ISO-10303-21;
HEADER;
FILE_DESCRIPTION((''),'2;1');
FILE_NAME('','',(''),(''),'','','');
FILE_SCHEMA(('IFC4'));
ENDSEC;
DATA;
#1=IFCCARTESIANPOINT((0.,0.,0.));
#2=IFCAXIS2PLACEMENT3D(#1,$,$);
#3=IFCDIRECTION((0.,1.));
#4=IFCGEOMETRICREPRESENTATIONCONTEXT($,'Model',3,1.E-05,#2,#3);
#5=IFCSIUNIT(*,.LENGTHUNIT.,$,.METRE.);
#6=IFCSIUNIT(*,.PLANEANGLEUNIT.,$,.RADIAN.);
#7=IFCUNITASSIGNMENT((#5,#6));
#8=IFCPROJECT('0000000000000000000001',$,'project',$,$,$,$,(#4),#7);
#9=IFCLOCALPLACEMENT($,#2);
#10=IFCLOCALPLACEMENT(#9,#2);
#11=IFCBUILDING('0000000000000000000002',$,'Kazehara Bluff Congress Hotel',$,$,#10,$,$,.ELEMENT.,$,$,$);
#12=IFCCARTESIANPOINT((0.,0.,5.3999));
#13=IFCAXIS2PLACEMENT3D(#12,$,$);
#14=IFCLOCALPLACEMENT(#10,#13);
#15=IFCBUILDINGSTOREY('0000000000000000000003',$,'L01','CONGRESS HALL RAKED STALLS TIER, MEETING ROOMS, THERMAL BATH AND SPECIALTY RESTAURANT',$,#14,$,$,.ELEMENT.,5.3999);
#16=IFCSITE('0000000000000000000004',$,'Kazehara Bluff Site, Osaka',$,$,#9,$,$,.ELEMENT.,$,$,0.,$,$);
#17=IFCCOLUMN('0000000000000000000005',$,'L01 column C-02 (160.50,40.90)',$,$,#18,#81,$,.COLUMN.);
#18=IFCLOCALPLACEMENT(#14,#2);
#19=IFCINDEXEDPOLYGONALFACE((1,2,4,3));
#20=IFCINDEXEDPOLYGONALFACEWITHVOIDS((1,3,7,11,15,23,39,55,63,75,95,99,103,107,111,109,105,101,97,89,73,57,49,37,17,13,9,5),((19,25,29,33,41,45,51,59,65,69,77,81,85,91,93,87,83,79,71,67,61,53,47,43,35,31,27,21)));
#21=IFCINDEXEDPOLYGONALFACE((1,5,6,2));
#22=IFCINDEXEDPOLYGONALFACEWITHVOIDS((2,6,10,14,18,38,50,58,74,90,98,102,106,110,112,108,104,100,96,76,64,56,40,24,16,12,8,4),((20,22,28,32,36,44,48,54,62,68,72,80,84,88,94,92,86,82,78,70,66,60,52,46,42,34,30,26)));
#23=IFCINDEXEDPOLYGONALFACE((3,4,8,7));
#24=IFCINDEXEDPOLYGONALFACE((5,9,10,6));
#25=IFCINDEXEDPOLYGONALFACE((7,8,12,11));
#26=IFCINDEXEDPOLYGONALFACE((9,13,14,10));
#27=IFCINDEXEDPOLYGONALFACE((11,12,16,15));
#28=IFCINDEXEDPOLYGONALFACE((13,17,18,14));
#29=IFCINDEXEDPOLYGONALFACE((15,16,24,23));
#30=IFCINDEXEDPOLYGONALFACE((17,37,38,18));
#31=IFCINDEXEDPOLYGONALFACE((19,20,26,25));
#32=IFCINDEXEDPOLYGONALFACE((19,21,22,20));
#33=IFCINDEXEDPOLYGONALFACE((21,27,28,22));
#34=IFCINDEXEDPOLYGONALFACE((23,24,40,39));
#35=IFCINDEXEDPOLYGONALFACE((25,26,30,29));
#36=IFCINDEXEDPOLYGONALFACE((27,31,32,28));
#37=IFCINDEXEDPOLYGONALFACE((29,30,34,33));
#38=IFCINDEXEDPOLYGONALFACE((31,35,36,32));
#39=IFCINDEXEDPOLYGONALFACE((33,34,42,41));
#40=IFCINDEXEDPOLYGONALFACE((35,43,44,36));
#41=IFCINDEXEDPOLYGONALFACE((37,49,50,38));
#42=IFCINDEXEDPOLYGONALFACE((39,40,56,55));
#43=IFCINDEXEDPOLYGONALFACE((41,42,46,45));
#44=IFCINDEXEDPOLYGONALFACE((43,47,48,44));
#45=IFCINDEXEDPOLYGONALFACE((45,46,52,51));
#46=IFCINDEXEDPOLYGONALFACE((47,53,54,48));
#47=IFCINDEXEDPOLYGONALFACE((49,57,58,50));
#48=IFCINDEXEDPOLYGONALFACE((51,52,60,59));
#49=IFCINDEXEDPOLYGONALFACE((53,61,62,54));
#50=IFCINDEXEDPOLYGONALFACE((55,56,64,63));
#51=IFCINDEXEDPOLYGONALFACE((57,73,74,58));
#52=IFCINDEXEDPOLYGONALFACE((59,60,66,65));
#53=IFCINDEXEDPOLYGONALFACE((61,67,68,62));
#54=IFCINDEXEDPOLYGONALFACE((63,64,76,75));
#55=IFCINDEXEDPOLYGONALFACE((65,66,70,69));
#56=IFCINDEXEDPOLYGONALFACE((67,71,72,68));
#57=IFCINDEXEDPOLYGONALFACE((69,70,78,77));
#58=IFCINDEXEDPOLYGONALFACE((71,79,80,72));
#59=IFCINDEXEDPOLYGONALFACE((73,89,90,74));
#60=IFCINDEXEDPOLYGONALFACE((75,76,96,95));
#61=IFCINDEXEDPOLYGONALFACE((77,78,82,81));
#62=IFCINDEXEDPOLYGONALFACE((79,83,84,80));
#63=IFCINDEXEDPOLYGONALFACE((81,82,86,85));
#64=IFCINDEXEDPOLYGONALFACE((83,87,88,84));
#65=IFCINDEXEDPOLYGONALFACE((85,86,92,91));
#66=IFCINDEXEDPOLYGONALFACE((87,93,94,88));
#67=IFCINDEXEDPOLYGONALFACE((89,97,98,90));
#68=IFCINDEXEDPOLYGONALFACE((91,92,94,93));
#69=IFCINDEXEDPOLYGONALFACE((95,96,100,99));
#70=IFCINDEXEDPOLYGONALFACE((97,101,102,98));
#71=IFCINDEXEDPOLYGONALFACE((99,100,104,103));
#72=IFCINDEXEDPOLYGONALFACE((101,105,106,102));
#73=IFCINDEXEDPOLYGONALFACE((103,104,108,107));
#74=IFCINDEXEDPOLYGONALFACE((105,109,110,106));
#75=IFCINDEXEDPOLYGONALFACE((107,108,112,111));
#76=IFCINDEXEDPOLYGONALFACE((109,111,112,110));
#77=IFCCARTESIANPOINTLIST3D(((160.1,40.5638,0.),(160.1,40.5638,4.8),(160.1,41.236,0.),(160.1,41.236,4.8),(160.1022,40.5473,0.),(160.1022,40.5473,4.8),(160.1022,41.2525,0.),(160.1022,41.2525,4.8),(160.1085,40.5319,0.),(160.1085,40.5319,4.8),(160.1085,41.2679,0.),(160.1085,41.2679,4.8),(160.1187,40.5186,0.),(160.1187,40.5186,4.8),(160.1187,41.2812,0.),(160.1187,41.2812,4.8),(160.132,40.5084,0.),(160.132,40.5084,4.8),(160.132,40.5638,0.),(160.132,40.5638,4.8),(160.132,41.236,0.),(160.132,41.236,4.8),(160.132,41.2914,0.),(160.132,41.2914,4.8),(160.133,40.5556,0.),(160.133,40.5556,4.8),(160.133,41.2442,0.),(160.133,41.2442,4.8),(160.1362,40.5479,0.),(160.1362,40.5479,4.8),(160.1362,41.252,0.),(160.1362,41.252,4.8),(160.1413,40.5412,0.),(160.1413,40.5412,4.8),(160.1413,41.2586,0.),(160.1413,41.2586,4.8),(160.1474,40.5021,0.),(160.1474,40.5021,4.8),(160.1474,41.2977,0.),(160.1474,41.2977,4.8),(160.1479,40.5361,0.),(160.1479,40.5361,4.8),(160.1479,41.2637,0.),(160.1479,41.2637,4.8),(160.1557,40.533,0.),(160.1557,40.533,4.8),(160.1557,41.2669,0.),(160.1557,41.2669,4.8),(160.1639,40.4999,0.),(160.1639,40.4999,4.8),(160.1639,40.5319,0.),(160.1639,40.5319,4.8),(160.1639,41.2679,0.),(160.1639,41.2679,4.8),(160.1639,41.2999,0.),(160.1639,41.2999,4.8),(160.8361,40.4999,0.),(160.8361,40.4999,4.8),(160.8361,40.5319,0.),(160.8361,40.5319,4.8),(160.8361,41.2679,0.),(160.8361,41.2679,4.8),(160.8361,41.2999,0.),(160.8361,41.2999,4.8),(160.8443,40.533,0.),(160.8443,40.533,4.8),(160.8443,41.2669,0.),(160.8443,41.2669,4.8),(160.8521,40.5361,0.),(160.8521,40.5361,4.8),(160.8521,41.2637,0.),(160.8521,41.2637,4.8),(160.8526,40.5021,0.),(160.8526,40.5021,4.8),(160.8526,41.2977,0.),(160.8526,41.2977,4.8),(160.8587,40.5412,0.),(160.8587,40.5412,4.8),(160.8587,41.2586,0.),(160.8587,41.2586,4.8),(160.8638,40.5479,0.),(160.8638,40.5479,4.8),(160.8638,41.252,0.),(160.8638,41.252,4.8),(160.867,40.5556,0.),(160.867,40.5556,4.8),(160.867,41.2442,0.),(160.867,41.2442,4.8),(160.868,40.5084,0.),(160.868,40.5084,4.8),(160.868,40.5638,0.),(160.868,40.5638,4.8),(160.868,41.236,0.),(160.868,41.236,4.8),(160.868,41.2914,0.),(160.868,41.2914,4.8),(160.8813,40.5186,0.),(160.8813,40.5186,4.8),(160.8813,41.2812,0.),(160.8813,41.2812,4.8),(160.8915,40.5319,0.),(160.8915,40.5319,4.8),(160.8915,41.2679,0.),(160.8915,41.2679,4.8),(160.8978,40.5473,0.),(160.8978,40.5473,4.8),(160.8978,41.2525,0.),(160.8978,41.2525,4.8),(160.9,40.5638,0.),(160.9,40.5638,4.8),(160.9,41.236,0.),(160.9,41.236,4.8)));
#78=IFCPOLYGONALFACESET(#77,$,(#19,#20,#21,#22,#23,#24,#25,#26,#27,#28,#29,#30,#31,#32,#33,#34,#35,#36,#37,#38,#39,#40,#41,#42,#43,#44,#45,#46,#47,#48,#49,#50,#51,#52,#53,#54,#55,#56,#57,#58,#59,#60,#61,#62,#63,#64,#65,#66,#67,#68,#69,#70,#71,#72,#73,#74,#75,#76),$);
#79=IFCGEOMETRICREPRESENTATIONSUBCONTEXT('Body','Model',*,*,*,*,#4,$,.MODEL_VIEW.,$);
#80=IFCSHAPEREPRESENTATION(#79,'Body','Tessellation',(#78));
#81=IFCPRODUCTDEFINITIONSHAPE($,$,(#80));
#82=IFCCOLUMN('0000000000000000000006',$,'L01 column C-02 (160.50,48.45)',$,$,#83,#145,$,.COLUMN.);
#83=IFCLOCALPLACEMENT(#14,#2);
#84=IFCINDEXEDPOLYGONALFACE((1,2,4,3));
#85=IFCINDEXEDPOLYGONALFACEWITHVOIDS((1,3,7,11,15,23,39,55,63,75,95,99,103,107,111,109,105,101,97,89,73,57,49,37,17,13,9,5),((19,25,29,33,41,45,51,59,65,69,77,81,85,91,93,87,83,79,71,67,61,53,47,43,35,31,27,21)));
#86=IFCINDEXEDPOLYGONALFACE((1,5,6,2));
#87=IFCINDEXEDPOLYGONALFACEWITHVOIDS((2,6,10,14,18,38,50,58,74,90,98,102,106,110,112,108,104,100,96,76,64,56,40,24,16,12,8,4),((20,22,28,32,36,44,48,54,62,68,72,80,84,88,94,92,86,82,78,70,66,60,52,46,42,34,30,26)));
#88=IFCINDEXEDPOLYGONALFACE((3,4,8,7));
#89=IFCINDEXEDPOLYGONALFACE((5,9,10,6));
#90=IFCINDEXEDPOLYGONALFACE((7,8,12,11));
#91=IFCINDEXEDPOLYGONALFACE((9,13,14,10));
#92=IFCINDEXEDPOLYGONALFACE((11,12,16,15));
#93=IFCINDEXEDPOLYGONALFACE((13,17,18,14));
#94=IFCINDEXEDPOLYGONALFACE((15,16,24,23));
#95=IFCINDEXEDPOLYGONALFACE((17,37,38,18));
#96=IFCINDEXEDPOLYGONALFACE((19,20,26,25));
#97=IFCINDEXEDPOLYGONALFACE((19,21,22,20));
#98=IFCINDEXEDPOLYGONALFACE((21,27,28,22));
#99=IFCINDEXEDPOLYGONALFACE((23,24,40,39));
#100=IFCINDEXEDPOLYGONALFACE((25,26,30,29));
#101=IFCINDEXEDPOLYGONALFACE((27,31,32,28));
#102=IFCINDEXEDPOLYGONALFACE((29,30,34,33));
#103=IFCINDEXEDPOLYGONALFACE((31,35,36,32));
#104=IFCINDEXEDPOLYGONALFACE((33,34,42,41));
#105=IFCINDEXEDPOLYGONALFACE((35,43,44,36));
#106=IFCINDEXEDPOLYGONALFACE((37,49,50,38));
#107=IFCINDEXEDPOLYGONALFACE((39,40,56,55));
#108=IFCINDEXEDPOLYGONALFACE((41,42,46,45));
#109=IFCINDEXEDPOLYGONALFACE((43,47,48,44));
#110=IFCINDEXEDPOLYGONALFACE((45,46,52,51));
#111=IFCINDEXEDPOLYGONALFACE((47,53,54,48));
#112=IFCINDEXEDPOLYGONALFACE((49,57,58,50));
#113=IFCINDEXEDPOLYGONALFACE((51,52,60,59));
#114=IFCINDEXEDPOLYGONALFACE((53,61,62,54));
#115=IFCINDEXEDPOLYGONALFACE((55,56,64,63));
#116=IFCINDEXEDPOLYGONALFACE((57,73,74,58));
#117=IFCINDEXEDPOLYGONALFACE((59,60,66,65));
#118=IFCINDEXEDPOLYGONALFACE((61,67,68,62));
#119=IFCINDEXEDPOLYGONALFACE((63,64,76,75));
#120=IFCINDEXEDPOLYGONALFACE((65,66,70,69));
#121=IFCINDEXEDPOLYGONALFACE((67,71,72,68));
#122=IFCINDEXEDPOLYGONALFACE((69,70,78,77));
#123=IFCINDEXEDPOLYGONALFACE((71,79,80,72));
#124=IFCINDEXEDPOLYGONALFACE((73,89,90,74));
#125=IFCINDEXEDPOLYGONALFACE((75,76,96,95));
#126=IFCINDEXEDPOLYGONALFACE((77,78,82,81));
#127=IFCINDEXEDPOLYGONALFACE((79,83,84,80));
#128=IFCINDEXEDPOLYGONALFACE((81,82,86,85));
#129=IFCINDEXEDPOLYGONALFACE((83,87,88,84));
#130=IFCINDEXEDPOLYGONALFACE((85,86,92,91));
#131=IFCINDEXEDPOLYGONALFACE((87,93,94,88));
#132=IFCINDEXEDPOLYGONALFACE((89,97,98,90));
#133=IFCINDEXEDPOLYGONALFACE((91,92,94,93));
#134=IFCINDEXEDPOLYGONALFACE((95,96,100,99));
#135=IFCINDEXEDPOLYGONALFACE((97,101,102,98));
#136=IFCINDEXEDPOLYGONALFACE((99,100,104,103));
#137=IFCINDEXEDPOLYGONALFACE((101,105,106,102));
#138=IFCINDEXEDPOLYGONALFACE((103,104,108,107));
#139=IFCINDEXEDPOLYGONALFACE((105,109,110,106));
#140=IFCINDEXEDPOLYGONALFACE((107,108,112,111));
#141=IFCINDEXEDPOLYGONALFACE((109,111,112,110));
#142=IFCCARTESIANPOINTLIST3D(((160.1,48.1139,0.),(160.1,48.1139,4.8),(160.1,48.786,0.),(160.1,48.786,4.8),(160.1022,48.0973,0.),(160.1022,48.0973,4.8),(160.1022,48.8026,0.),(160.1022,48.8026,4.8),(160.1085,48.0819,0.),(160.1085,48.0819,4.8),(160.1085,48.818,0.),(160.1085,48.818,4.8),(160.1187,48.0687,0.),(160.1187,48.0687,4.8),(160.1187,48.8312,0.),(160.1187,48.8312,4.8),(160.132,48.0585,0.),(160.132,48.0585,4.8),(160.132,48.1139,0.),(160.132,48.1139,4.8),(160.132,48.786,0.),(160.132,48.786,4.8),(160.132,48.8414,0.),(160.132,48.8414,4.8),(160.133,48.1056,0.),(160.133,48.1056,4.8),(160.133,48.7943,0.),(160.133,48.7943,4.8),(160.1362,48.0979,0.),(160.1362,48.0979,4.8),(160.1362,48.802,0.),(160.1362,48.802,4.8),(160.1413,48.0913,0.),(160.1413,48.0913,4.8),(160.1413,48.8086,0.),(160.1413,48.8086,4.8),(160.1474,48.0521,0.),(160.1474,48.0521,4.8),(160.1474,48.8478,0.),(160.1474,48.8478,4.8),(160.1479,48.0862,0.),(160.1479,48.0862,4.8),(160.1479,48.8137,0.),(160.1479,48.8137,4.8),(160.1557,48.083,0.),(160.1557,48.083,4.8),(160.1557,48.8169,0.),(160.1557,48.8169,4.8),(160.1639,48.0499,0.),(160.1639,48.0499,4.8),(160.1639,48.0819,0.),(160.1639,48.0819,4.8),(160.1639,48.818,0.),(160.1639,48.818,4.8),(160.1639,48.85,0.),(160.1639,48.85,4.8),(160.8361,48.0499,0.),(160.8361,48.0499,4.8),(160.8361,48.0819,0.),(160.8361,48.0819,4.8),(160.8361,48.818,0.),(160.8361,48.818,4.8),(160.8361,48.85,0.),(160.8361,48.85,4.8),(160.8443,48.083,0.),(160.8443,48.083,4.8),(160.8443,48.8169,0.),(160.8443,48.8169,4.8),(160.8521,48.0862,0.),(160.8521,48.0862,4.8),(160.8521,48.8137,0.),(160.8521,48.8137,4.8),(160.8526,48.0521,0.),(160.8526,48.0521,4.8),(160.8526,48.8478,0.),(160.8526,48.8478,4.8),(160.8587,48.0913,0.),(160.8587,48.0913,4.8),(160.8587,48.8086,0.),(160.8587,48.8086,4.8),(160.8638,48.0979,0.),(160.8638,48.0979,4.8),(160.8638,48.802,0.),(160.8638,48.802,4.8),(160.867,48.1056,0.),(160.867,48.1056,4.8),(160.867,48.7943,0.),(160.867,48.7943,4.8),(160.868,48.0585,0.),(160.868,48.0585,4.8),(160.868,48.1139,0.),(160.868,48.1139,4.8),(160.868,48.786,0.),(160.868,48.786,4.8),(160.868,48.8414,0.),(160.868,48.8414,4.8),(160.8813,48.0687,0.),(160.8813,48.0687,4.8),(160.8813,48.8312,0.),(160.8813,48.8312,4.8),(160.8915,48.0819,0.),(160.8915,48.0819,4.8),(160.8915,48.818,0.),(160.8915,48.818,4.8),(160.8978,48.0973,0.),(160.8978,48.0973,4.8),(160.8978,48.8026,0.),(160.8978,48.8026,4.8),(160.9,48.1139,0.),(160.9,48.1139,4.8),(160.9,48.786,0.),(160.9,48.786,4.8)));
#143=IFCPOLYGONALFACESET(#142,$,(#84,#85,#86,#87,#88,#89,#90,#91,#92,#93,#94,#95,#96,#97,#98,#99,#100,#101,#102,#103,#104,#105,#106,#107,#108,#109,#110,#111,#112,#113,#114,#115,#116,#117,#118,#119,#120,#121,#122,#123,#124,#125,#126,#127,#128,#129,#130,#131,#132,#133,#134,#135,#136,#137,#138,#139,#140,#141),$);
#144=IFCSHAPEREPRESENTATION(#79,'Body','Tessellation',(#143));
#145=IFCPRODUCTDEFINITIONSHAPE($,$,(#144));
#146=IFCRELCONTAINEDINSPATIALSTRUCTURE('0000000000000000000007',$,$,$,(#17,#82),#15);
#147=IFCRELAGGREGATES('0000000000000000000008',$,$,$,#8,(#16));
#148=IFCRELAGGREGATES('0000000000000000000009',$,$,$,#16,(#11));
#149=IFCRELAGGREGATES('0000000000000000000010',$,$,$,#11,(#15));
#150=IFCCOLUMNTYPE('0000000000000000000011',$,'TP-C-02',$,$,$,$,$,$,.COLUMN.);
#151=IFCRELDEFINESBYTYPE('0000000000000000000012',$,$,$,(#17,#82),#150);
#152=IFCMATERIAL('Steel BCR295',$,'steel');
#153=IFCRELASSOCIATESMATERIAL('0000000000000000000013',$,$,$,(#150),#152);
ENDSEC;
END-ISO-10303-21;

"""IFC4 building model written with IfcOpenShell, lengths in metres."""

from ifc_helpers import new_model, si_unit, direction, frame, origin, origin_2d, place, context, subcontext, project, spatial, hollow_rectangle, extrude, material, material_profile, profile_set, type_object, element, save


model = new_model("IFC4")

# Units and contexts
model_context = context("Model", 3, precision=1e-05, world=origin(), true_north=direction((0.0, 1.0)))
body_context = subcontext(model_context, "Body", "Model", "MODEL_VIEW")
ifc_project = project(units=[si_unit("LENGTHUNIT", "METRE"), si_unit("PLANEANGLEUNIT", "RADIAN")], contexts=[model_context])

# Site, building, storey
site_placement = place(None, origin())
site = spatial("IfcSite", under=ifc_project, at=site_placement, Name="Kazehara Bluff Site, Osaka", CompositionType="ELEMENT", RefElevation=0.0)
building_placement = place(site_placement, origin())
building = spatial("IfcBuilding", under=site, at=building_placement, Name="Kazehara Bluff Congress Hotel", CompositionType="ELEMENT")
storey_placement = place(building_placement, frame((0.0, 0.0, 5.3999)))
storey = spatial("IfcBuildingStorey", under=building, at=storey_placement, Name="L01", Description="CONGRESS HALL RAKED STALLS TIER, MEETING ROOMS, THERMAL BATH AND SPECIALTY RESTAURANT", CompositionType="ELEMENT", Elevation=5.3999)

# Columns
ifc_material_1 = material(Name="Steel BCR295", Category="steel")
ifc_material_profile_1 = material_profile(ifc_material_1, hollow_rectangle(XDim=0.8, YDim=0.8, WallThickness=0.032, InnerFilletRadius=0.032, OuterFilletRadius=0.064, at=origin_2d()))
ifc_profile_set_1 = profile_set([ifc_material_profile_1], Name="Steel BCR295")
column_type_1 = type_object("IfcColumnType", Name="TP-C-02", PredefinedType="COLUMN", material=ifc_profile_set_1)
for number, where, z_axis, x_axis, name in (
    (1, (160.5, 40.8999, 0.0), (0.0, 0.0, 1.0), (1.0, 0.0, 0.0), "L01 column C-02 (160.50,40.90)"),
    (2, (160.5, 48.45, 0.0), (0.0, 0.0, 1.0), (1.0, 0.0, 0.0), "L01 column C-02 (160.50,48.45)"),
):
    element("IfcColumn", number, at=place(storey_placement, frame(where, z_axis=z_axis, x_axis=x_axis)), inside=storey, type_object=column_type_1, Name=name, PredefinedType="COLUMN", context=body_context, shape_type="SweptSolid", body=[
        extrude(hollow_rectangle(XDim=0.8, YDim=0.8, WallThickness=0.032, InnerFilletRadius=0.032, OuterFilletRadius=0.064, at=origin_2d()), origin(), (0.0, 0.0, 1.0), 4.8),
    ])

save(model, "model.ifc")
